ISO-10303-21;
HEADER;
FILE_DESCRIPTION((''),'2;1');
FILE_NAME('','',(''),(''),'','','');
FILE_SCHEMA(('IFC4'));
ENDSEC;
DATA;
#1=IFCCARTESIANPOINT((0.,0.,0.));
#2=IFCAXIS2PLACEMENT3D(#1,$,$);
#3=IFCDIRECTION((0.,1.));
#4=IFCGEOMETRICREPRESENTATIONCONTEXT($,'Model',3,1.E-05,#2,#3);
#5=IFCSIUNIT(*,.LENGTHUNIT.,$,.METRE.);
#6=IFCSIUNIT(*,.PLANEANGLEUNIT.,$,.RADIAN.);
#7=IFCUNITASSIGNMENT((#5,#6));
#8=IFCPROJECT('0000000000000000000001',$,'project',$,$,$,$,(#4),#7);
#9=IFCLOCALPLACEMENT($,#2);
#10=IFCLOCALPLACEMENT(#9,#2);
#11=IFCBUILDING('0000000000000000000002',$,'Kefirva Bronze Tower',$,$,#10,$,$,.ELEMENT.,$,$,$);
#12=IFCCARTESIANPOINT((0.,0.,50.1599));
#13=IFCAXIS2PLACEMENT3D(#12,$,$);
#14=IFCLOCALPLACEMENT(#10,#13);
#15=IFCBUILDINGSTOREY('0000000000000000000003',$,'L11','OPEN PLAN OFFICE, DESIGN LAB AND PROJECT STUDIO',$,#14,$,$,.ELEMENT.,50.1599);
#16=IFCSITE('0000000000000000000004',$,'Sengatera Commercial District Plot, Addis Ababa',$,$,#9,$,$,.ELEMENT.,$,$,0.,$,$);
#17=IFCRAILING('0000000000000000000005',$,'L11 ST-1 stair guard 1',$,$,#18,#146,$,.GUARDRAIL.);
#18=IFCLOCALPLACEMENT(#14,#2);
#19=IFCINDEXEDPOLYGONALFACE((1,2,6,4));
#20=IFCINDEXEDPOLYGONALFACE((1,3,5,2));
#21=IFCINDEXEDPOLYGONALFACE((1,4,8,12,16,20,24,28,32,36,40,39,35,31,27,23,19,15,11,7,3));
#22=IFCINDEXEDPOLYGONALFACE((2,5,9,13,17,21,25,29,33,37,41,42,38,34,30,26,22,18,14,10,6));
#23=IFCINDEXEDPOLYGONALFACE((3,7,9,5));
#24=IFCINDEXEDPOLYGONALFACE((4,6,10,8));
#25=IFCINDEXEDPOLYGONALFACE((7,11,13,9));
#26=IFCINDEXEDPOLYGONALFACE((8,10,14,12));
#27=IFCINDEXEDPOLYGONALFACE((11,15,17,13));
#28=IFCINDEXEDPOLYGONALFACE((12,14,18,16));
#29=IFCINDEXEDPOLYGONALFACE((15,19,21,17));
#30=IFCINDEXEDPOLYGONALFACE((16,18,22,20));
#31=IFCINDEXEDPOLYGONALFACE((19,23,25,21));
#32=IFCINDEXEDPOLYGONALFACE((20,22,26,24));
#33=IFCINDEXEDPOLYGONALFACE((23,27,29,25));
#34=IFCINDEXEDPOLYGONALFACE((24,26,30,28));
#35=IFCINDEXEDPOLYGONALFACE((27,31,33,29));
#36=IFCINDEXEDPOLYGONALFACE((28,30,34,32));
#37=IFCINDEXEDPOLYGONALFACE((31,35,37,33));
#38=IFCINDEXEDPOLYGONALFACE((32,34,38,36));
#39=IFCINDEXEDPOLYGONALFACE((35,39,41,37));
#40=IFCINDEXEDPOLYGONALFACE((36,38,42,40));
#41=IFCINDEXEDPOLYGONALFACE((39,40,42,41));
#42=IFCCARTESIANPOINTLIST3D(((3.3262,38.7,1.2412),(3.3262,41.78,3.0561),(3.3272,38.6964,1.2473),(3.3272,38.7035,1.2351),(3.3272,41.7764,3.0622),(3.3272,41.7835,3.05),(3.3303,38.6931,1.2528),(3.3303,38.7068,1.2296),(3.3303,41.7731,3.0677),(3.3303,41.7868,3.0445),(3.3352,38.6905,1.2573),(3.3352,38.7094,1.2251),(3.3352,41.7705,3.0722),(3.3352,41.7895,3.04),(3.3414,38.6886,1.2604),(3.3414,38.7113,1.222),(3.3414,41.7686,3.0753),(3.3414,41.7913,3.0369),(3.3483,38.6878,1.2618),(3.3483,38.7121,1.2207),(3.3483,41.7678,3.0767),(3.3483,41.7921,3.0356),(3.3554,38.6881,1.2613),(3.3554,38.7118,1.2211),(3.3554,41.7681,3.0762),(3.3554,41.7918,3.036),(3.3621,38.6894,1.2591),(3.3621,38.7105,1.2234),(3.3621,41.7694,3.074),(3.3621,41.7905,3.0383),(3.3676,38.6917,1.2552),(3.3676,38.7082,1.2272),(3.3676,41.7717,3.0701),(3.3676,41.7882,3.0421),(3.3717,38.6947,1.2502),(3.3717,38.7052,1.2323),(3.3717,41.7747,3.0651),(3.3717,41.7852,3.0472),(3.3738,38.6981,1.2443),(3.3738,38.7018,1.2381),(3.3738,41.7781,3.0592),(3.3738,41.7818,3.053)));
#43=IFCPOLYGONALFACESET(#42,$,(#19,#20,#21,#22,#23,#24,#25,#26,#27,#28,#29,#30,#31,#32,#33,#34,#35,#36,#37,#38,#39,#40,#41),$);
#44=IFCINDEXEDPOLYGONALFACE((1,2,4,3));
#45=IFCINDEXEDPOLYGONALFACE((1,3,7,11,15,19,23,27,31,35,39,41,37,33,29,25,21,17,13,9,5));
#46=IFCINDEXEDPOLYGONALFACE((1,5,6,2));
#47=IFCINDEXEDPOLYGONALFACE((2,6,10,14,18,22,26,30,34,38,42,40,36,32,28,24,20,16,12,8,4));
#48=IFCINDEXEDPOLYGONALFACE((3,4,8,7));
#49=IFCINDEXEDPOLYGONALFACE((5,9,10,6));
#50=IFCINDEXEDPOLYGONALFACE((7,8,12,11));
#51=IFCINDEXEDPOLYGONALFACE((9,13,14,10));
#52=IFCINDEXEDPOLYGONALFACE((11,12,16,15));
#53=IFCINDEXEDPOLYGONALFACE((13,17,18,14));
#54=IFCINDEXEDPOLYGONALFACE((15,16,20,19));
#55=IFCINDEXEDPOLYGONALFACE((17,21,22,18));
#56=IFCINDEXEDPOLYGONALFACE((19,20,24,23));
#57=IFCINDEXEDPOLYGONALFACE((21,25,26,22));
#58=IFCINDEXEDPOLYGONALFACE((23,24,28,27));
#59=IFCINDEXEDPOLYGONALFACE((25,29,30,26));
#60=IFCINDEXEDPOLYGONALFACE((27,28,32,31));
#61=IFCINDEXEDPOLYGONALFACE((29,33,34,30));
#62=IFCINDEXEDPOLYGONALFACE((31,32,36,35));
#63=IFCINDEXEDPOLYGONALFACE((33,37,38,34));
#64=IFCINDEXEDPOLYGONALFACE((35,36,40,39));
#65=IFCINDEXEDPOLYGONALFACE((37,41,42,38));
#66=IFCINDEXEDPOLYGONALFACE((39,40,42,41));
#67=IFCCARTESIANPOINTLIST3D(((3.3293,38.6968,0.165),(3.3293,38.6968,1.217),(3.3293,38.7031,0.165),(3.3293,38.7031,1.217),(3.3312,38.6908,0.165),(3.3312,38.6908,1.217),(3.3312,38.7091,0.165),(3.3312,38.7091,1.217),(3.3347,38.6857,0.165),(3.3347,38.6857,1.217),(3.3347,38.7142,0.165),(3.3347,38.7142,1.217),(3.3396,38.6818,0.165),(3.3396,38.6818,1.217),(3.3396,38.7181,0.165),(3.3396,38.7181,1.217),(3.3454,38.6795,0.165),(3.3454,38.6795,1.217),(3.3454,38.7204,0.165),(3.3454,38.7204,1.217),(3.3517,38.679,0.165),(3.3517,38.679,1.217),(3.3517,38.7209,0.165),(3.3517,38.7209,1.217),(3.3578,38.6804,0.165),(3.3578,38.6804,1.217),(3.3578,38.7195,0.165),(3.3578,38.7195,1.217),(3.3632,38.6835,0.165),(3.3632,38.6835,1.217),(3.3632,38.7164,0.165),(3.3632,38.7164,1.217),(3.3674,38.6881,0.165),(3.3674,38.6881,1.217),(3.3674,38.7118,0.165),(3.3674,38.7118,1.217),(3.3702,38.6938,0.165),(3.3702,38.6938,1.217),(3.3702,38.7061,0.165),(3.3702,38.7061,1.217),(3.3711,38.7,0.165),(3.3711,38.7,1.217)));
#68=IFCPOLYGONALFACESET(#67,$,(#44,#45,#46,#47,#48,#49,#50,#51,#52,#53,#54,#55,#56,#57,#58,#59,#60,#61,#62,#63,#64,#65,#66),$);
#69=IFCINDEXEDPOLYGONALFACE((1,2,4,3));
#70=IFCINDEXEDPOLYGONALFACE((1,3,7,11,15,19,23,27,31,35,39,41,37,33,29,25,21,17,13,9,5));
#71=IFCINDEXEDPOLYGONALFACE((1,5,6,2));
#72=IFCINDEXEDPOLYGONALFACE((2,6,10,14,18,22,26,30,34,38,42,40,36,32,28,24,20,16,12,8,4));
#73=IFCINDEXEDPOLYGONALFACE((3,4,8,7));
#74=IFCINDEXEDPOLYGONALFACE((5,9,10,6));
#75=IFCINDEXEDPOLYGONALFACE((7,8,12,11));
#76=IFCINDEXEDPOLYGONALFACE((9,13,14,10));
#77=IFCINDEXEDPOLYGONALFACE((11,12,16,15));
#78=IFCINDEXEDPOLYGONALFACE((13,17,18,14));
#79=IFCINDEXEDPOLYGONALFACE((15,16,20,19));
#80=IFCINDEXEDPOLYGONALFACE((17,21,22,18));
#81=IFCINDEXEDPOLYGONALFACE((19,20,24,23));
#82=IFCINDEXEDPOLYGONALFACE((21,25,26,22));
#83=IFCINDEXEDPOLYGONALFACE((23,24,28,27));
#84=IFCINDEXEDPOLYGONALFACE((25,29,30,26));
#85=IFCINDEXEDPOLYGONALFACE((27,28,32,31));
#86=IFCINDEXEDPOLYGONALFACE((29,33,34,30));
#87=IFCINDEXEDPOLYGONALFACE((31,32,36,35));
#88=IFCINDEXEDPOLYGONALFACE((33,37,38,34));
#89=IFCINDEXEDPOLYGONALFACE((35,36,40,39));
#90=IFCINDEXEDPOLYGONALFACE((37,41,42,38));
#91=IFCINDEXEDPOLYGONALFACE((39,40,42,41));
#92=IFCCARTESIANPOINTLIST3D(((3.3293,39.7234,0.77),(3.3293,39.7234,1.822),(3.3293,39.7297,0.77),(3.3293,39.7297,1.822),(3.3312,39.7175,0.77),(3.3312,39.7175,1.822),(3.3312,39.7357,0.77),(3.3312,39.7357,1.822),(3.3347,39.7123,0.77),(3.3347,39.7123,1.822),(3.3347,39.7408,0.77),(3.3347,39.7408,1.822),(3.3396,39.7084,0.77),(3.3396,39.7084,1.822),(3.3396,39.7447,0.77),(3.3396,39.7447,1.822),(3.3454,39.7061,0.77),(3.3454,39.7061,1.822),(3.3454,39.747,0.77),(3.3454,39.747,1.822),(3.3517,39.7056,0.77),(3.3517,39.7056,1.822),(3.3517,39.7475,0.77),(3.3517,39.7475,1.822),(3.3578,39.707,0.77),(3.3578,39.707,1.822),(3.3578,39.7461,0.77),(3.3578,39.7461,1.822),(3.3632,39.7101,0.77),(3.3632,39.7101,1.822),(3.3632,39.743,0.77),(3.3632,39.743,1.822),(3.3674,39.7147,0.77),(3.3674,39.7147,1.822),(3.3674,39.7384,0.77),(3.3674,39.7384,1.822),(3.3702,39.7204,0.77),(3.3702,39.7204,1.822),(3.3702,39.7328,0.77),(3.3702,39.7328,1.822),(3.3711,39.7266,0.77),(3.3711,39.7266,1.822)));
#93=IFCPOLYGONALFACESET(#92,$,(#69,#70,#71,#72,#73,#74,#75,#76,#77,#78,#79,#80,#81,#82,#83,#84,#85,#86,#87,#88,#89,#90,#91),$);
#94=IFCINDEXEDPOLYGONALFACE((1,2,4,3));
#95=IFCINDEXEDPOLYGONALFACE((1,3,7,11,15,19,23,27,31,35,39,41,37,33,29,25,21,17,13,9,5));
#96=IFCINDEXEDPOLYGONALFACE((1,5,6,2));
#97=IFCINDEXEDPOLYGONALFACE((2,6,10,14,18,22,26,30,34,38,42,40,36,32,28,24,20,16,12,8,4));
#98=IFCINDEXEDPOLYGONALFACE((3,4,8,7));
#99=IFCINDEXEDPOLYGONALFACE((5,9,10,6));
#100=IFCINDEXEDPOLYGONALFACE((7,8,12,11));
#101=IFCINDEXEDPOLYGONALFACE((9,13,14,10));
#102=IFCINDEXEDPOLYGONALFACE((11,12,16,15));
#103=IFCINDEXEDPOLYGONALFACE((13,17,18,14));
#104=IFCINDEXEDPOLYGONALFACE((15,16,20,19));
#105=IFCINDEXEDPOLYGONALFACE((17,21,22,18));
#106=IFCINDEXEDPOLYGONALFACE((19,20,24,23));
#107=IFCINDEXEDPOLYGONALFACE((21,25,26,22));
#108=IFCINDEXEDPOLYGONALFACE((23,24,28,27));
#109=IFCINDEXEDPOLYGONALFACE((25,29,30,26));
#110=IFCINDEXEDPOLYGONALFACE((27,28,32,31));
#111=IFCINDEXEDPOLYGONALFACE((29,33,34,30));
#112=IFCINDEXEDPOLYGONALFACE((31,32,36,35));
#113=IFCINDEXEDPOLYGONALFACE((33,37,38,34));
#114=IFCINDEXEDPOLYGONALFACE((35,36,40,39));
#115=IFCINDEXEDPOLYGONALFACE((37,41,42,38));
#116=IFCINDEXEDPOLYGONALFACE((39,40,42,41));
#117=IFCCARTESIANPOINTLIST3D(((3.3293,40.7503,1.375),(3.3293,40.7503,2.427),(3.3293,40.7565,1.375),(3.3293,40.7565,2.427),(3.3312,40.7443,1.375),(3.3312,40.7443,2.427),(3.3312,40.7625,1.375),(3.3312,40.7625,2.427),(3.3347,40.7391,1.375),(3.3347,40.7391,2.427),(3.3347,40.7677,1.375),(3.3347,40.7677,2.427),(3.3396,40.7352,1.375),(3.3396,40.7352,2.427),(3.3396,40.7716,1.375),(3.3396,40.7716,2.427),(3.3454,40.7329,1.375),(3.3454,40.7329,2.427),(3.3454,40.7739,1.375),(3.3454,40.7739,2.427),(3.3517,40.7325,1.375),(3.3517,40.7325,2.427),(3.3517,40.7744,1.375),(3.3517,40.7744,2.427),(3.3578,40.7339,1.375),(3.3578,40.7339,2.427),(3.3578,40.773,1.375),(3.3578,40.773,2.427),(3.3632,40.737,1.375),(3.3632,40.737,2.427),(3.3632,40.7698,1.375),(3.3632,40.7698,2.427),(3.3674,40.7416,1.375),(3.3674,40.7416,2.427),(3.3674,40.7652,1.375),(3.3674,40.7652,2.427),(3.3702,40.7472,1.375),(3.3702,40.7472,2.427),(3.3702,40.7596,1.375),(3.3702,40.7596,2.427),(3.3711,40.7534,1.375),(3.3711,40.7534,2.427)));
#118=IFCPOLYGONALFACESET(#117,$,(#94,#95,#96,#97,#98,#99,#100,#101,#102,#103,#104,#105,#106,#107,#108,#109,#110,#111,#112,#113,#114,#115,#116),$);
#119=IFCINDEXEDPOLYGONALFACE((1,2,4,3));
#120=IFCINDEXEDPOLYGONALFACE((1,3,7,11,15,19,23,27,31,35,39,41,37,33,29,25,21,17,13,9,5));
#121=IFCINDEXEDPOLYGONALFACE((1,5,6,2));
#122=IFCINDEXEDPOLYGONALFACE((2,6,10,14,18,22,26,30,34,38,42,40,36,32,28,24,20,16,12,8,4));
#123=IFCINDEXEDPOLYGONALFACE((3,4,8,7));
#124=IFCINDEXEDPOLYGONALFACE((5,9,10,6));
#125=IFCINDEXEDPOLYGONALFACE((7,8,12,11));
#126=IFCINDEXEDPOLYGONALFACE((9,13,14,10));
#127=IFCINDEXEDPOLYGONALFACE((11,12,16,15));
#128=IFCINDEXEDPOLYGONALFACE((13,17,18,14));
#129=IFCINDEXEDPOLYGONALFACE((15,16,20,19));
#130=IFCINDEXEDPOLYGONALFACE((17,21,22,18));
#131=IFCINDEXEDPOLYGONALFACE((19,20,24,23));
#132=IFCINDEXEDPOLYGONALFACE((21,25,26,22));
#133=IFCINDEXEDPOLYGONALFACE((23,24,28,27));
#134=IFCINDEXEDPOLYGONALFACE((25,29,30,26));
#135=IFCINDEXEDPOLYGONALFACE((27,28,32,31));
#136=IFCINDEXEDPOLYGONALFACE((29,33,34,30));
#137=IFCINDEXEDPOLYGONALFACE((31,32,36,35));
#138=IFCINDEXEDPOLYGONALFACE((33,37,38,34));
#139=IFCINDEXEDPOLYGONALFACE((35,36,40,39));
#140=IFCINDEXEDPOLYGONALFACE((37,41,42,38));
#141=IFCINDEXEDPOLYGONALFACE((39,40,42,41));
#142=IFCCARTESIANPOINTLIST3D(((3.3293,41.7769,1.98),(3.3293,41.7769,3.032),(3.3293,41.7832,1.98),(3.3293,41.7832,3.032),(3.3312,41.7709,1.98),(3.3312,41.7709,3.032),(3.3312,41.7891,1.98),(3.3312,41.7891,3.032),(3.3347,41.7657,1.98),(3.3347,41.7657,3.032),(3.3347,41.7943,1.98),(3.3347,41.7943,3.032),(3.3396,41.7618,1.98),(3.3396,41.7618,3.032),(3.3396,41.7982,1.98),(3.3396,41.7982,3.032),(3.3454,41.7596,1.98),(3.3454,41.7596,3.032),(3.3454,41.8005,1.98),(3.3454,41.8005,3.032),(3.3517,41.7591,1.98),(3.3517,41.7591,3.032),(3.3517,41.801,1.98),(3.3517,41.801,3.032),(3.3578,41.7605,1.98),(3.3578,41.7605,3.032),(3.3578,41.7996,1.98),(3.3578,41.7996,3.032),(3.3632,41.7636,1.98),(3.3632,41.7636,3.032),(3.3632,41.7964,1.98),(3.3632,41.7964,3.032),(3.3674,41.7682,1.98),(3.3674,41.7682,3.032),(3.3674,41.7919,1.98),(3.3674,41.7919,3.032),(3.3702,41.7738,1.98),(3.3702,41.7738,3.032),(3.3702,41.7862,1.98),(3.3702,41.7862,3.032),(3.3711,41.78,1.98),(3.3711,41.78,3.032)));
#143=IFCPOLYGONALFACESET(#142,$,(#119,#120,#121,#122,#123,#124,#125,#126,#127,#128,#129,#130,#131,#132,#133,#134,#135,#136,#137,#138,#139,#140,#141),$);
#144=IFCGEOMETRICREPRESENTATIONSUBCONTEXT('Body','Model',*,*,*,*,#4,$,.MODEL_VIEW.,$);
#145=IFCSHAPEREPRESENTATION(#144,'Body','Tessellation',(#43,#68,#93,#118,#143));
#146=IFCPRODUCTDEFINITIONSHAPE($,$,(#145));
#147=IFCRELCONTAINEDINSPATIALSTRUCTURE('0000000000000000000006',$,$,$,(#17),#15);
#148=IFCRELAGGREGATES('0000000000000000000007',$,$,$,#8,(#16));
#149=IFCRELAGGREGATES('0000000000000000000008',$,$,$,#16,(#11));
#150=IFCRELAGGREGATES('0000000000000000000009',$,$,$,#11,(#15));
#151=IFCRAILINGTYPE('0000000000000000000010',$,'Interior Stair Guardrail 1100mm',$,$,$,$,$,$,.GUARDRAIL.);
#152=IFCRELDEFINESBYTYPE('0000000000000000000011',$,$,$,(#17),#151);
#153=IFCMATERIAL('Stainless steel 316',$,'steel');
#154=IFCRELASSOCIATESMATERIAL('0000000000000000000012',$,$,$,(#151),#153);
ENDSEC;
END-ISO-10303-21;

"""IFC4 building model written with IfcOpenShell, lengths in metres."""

from ifc_helpers import new_model, si_unit, direction, frame, origin, origin_2d, place, context, subcontext, project, spatial, circle, extrude, material, type_object, element, save


model = new_model("IFC4")

# Units and contexts
model_context = context("Model", 3, precision=1e-05, world=origin(), true_north=direction((0.0, 1.0)))
body_context = subcontext(model_context, "Body", "Model", "MODEL_VIEW")
ifc_project = project(units=[si_unit("LENGTHUNIT", "METRE"), si_unit("PLANEANGLEUNIT", "RADIAN")], contexts=[model_context])

# Site, building, storey
site_placement = place(None, origin())
site = spatial("IfcSite", under=ifc_project, at=site_placement, Name="Sengatera Commercial District Plot, Addis Ababa", CompositionType="ELEMENT", RefElevation=0.0)
building_placement = place(site_placement, origin())
building = spatial("IfcBuilding", under=site, at=building_placement, Name="Kefirva Bronze Tower", CompositionType="ELEMENT")
storey_placement = place(building_placement, frame((0.0, 0.0, 50.1599)))
storey = spatial("IfcBuildingStorey", under=building, at=storey_placement, Name="L11", Description="OPEN PLAN OFFICE, DESIGN LAB AND PROJECT STUDIO", CompositionType="ELEMENT", Elevation=50.1599)

# Railing
ifc_material_1 = material(Name="Stainless steel 316", Category="steel")
railing_type_1 = type_object("IfcRailingType", Name="Interior Stair Guardrail 1100mm", PredefinedType="GUARDRAIL", material=ifc_material_1)
railing_1_placement = place(storey_placement, frame((3.3501, 38.7, 0.165)))
element("IfcRailing", 1, at=railing_1_placement, inside=storey, type_object=railing_type_1, Name="L11 ST-1 stair guard 1", PredefinedType="GUARDRAIL", context=body_context, shape_type="SweptSolid", body=[
    extrude(circle(Radius=0.0239, at=origin_2d()), frame((0.0, 0.0, 1.0762), z_axis=(0.0, 0.861551, 0.507671), x_axis=(-1.0, 0.0, 0.0)), (0.0, 0.0, 1.0), 3.575),
    extrude(circle(Radius=0.021, at=origin_2d()), origin(), (0.0, 0.0, 1.0), 1.052),
    extrude(circle(Radius=0.021, at=origin_2d()), frame((0.0, 1.0266, 0.605)), (0.0, 0.0, 1.0), 1.052),
    extrude(circle(Radius=0.021, at=origin_2d()), frame((0.0, 2.0535, 1.21)), (0.0, 0.0, 1.0), 1.052),
    extrude(circle(Radius=0.021, at=origin_2d()), frame((0.0, 3.0801, 1.8149)), (0.0, 0.0, 1.0), 1.052),
])

save(model, "model.ifc")
